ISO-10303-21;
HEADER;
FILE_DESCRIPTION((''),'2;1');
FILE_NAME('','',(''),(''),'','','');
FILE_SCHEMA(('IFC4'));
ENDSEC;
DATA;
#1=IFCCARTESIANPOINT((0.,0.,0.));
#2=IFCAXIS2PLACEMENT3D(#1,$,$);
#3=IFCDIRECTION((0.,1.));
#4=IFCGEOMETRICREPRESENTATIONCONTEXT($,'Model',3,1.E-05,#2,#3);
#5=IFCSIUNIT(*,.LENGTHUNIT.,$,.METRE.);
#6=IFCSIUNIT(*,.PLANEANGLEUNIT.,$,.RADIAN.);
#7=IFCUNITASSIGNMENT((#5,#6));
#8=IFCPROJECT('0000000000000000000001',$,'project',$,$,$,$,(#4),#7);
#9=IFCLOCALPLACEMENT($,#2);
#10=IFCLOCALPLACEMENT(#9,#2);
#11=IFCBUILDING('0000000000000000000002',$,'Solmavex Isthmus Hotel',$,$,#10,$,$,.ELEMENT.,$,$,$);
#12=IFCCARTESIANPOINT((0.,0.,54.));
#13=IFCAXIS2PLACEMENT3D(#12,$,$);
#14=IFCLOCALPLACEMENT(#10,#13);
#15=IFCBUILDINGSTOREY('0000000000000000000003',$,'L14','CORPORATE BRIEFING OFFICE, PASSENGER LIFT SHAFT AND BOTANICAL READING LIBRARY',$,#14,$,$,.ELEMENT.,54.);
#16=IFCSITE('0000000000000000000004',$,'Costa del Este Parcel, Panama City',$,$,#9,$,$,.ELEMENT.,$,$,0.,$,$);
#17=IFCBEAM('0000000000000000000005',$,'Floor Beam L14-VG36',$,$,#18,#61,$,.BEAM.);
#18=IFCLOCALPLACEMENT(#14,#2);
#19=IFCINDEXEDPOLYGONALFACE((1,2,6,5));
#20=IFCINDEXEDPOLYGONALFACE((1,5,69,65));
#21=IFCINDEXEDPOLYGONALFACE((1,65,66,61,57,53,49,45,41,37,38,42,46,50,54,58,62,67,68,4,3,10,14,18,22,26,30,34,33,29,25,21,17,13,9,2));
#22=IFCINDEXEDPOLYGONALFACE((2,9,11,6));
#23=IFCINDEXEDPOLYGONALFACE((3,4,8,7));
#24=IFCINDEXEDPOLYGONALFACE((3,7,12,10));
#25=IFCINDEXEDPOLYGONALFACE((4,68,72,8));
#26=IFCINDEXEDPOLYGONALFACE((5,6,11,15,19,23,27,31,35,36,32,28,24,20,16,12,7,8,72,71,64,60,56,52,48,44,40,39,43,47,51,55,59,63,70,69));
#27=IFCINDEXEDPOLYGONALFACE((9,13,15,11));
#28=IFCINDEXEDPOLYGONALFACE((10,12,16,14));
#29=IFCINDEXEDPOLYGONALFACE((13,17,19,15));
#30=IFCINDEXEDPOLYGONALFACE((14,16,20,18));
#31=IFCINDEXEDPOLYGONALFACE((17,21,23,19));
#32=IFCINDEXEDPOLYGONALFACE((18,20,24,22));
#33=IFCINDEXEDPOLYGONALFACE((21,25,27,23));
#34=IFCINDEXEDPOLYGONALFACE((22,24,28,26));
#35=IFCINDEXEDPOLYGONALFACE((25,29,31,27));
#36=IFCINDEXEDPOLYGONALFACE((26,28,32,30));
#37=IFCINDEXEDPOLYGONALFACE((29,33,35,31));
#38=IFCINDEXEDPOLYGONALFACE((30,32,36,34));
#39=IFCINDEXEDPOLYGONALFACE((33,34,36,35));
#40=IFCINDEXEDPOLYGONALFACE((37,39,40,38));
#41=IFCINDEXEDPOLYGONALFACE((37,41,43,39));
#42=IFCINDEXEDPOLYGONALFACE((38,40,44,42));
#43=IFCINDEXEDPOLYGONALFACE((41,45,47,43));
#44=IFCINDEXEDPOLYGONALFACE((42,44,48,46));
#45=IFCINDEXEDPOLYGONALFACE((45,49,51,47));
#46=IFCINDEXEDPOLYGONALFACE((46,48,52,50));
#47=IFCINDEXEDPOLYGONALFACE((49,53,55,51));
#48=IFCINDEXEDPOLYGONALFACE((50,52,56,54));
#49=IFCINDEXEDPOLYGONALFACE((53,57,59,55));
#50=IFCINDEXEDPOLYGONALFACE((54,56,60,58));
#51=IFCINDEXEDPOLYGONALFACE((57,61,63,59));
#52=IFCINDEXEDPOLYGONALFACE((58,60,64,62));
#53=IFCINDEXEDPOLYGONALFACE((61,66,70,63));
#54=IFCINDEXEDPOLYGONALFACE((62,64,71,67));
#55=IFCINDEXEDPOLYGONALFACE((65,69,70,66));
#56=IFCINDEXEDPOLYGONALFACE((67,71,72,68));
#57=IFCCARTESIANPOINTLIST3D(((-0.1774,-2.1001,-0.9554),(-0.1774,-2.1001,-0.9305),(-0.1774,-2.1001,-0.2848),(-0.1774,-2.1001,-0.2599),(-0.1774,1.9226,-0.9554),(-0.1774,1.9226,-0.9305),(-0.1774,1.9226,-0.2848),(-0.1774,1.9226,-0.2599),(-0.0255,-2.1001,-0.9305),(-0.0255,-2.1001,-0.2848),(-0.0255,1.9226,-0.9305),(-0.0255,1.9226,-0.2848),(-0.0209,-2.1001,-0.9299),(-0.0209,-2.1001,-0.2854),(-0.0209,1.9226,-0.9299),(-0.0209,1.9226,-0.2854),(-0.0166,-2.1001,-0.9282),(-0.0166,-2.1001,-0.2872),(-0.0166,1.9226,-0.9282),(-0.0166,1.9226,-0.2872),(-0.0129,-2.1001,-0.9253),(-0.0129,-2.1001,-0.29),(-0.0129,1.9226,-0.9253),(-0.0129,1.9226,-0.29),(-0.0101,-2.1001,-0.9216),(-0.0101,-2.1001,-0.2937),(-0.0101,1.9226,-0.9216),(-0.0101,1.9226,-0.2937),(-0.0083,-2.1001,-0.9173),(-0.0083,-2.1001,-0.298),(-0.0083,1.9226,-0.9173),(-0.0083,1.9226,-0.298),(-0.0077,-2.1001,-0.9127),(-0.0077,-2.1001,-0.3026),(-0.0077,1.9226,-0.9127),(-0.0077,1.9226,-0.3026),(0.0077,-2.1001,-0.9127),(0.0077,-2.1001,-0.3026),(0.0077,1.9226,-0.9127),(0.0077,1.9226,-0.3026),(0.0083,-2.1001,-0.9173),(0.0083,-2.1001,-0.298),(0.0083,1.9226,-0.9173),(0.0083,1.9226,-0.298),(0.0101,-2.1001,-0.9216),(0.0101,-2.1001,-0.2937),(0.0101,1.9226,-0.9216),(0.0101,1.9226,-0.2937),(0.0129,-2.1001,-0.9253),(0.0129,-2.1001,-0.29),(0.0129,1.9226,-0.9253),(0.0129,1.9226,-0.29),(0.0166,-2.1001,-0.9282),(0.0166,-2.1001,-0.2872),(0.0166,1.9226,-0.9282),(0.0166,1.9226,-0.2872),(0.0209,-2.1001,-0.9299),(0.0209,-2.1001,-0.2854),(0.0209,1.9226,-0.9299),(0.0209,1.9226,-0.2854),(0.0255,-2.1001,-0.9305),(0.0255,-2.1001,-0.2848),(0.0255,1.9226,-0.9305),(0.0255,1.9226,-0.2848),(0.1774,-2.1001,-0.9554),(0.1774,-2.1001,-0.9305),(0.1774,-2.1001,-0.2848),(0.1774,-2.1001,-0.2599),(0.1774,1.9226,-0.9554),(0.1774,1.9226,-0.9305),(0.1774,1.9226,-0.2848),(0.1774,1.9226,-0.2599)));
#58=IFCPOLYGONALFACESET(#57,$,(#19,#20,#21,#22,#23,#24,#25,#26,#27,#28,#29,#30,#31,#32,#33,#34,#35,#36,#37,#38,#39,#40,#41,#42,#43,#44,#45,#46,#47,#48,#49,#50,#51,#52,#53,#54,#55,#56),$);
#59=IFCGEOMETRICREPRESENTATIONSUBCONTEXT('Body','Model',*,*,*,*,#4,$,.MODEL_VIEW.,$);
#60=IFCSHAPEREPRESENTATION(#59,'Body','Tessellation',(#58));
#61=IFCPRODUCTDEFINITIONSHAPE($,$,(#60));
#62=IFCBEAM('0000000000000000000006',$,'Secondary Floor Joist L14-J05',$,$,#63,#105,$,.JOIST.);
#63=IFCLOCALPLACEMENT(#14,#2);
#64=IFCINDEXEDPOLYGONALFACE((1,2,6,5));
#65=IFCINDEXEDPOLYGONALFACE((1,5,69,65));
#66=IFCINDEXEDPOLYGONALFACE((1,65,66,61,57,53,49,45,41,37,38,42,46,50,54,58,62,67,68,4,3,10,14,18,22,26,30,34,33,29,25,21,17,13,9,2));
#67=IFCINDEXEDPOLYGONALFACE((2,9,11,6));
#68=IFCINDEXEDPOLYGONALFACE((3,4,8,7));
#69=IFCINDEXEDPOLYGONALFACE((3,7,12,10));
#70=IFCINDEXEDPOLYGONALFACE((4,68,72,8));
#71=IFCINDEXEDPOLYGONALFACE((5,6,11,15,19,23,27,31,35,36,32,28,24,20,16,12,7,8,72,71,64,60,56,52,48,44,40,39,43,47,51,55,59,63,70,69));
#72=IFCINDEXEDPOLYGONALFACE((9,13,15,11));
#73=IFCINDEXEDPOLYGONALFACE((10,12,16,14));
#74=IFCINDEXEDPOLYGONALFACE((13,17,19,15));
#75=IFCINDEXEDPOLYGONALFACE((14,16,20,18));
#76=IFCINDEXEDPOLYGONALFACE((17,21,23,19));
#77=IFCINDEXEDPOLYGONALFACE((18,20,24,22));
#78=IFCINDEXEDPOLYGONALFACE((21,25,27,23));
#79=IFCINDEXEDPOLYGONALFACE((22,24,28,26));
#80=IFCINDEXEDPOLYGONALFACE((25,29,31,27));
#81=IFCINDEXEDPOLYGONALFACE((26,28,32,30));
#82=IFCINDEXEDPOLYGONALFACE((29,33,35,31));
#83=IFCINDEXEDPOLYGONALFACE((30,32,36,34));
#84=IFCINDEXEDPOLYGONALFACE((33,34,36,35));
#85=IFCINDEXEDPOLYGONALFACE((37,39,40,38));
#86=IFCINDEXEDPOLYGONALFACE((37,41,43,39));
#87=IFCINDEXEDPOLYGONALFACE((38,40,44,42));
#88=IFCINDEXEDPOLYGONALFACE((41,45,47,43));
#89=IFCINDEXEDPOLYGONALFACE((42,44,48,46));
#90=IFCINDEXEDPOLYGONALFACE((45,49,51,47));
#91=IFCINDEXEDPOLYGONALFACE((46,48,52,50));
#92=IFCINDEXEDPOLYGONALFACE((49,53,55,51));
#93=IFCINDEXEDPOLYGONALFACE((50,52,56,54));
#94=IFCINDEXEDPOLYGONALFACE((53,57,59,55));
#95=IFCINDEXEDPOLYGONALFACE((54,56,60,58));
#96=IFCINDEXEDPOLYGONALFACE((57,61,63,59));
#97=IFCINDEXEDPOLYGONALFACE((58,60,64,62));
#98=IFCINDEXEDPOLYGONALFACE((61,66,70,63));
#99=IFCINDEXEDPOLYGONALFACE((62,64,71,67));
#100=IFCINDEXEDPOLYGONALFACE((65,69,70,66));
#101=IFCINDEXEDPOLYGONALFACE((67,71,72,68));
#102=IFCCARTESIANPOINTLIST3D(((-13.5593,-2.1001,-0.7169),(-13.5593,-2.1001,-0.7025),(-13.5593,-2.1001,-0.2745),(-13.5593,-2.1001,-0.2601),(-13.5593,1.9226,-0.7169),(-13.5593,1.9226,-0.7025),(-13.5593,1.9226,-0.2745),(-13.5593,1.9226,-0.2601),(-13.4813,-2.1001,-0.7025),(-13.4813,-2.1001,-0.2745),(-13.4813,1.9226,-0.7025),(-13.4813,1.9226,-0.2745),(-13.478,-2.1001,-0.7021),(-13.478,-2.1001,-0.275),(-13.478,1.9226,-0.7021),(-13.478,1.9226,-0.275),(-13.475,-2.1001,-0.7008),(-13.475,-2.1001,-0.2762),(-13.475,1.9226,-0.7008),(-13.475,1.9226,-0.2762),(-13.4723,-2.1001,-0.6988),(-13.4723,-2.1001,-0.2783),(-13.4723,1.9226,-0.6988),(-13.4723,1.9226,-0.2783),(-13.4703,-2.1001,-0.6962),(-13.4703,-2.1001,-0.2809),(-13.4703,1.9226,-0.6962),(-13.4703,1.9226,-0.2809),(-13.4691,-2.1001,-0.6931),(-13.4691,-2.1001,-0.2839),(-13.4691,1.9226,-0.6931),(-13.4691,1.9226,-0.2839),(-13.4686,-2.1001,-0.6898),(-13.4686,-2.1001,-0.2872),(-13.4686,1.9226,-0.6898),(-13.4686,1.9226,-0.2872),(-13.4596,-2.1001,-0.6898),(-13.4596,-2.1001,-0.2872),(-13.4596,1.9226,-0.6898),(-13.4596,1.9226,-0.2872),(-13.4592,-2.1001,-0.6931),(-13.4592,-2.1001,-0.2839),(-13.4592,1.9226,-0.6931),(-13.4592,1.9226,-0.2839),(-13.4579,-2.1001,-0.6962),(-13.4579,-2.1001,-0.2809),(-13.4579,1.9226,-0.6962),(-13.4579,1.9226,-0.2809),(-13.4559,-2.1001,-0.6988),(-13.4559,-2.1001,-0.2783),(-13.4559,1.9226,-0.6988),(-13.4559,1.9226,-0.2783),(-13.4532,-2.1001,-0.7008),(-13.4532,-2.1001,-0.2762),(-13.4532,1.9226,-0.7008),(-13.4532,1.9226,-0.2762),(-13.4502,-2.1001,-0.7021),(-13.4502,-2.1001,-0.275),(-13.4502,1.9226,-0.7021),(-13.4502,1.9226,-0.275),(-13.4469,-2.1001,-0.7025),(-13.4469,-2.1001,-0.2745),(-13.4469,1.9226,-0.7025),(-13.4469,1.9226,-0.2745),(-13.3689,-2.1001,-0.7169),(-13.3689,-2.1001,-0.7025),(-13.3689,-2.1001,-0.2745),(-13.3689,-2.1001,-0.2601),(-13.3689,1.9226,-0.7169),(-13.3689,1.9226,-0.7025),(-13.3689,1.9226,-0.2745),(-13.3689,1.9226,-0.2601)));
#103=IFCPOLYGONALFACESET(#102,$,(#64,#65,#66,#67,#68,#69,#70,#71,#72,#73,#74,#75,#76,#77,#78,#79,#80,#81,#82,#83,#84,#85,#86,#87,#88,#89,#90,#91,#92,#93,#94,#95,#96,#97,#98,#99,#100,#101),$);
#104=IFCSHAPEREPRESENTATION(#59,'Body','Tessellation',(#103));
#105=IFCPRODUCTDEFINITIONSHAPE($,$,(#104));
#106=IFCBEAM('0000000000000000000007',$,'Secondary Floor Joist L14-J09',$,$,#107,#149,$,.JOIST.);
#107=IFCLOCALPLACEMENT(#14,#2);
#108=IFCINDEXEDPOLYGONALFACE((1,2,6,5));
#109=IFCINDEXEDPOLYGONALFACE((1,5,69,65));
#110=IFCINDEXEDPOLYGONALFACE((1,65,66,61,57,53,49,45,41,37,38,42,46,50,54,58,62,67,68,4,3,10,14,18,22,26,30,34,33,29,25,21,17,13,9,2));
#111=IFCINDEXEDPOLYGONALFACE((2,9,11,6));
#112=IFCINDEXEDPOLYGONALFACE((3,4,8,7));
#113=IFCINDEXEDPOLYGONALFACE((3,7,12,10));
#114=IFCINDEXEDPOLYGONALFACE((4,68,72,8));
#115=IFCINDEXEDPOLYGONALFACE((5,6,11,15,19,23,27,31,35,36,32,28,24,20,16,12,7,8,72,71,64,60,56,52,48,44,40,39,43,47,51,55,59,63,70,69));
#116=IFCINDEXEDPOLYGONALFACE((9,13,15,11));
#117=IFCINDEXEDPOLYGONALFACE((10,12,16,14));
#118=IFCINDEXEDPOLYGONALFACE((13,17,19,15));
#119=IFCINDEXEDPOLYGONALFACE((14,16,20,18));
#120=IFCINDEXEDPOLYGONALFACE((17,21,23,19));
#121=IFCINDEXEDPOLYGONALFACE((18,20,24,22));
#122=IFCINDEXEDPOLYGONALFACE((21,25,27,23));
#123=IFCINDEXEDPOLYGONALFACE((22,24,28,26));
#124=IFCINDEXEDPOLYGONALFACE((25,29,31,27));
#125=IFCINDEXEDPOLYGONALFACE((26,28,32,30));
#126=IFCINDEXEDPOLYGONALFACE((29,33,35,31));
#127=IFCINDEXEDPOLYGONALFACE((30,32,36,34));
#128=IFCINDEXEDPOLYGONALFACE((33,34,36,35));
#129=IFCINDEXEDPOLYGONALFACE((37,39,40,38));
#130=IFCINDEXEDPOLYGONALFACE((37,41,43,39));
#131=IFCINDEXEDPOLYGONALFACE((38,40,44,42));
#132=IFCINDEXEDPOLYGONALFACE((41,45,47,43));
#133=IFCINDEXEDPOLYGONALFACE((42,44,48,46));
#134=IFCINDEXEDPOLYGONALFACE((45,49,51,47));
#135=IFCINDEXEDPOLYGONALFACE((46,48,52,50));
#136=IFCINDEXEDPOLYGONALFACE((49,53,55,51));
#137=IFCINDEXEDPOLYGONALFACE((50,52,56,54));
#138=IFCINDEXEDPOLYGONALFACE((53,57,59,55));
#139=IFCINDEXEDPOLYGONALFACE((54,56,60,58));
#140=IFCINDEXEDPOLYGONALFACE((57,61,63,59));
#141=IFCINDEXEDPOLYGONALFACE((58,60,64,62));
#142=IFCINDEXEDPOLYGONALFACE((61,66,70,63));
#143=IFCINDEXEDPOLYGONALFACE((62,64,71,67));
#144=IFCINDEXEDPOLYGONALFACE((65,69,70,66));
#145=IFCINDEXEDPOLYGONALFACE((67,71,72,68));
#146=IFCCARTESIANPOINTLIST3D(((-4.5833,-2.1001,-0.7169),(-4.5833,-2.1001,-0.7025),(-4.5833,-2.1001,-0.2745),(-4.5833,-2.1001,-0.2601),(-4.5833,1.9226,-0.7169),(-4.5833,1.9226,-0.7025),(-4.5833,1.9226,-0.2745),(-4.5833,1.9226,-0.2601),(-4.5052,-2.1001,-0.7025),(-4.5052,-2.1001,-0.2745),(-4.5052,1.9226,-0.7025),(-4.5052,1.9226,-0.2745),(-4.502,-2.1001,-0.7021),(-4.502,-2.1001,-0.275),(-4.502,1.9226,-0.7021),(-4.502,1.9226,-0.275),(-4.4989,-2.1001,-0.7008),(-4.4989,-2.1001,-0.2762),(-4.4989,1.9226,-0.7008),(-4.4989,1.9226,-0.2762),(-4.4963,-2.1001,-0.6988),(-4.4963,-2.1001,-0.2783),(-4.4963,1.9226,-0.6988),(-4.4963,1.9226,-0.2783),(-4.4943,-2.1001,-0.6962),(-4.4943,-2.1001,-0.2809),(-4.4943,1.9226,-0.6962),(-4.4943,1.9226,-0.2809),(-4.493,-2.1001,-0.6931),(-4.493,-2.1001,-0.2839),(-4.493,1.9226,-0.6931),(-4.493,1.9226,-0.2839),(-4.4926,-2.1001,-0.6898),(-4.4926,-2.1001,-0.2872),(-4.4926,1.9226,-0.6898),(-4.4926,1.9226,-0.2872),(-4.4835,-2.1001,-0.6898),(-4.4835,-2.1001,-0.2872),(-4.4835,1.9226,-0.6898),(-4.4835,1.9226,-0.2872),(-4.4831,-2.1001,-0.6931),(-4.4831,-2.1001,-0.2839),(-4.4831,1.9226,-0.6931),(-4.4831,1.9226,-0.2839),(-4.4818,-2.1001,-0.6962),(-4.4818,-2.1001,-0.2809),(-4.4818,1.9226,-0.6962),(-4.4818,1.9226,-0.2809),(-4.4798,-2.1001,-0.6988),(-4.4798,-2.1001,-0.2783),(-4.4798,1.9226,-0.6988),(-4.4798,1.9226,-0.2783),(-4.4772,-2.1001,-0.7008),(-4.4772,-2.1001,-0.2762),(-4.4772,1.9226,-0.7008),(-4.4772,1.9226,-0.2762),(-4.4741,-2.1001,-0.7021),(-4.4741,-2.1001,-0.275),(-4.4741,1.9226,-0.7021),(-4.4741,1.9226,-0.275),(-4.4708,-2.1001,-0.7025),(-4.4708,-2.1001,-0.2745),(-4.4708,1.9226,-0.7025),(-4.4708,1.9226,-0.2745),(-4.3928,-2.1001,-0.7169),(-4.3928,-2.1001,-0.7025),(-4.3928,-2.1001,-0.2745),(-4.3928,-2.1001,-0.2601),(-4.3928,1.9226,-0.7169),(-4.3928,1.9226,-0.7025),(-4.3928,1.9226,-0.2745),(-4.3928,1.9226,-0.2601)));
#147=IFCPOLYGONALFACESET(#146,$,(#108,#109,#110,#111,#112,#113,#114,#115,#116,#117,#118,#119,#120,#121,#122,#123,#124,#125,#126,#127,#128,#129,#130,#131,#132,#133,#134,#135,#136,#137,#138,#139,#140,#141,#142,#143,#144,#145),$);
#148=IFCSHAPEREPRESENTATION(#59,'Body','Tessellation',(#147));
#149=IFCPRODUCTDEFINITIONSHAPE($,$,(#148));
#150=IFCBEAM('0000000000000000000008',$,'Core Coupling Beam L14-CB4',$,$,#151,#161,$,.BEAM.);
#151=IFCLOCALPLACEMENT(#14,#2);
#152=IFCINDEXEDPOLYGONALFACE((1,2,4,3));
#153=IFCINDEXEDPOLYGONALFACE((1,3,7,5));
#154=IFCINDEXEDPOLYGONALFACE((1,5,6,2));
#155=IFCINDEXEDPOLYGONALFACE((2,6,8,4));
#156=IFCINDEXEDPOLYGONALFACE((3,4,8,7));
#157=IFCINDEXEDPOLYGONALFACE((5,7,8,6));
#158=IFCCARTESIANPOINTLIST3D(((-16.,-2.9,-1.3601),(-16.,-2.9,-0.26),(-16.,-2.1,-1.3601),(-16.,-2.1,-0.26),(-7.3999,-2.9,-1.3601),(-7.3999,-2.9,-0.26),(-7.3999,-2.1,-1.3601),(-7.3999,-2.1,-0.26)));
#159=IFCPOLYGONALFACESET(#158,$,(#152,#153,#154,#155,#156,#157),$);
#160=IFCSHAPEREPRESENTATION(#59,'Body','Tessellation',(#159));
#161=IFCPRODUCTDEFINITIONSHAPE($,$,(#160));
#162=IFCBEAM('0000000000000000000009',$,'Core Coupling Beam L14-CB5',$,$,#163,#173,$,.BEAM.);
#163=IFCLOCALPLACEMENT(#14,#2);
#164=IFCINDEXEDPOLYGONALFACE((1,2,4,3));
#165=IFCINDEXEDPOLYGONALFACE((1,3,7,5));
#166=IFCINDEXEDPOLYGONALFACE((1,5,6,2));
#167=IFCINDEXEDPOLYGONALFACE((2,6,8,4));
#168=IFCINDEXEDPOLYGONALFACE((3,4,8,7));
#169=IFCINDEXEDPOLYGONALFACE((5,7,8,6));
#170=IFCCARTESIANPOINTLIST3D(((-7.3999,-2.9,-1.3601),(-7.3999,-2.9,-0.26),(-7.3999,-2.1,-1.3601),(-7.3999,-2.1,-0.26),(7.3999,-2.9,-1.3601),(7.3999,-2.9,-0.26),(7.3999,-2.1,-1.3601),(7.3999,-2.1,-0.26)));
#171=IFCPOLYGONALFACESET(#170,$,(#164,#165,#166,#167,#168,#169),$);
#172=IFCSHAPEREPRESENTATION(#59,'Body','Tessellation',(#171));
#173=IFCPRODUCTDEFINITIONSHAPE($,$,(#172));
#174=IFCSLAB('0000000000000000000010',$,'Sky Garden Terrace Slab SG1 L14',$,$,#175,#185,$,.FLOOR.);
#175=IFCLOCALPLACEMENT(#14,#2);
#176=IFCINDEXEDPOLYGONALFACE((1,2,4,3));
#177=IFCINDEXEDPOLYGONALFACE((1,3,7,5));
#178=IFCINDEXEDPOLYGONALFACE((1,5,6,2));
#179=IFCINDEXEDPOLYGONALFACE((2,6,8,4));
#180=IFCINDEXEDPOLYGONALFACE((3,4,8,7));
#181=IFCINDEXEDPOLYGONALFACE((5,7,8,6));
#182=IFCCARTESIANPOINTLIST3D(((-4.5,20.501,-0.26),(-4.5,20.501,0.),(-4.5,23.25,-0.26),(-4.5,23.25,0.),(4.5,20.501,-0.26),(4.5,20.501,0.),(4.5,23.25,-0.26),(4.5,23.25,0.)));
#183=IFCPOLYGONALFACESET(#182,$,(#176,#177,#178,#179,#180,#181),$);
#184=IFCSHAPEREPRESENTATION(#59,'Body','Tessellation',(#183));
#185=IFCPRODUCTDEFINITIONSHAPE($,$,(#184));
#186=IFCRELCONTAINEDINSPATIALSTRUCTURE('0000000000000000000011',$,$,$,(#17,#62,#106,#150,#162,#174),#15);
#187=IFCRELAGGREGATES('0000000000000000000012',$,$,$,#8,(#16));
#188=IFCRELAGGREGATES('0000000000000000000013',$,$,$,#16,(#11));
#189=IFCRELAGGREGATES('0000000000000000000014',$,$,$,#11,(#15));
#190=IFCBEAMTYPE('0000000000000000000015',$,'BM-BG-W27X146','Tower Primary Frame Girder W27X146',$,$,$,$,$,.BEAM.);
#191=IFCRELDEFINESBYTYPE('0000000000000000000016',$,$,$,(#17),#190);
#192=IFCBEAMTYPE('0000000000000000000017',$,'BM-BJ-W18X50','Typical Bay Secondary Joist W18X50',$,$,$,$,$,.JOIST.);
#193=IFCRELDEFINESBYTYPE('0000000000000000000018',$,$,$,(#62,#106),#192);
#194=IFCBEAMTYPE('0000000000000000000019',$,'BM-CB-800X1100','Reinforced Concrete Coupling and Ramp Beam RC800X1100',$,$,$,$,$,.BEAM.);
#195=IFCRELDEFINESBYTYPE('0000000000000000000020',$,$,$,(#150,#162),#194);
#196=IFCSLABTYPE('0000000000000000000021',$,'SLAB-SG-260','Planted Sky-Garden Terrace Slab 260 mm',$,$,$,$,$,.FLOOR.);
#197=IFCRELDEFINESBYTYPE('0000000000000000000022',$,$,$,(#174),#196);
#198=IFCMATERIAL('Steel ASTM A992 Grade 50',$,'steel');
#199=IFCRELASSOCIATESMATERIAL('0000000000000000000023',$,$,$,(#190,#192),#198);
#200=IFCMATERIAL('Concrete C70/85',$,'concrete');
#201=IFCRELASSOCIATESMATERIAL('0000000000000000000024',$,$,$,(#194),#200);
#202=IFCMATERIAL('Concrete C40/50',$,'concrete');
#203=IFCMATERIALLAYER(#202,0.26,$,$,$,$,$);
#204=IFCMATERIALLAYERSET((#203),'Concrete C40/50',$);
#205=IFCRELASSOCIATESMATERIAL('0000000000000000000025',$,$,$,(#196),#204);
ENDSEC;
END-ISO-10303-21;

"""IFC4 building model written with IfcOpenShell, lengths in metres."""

from ifc_helpers import new_model, si_unit, direction, frame, origin, origin_2d, place, context, subcontext, project, spatial, polyline, rectangle, i_section, outline, extrude, material, layer, layer_set, material_profile, profile_set, type_object, element, save


model = new_model("IFC4")

# Units and contexts
model_context = context("Model", 3, precision=1e-05, world=origin(), true_north=direction((0.0, 1.0)))
body_context = subcontext(model_context, "Body", "Model", "MODEL_VIEW")
ifc_project = project(units=[si_unit("LENGTHUNIT", "METRE"), si_unit("PLANEANGLEUNIT", "RADIAN")], contexts=[model_context])

# Site, building, storey
site_placement = place(None, origin())
site = spatial("IfcSite", under=ifc_project, at=site_placement, Name="Costa del Este Parcel, Panama City", CompositionType="ELEMENT", RefElevation=0.0)
building_placement = place(site_placement, origin())
building = spatial("IfcBuilding", under=site, at=building_placement, Name="Solmavex Isthmus Hotel", CompositionType="ELEMENT")
storey_placement = place(building_placement, frame((0.0, 0.0, 54.0)))
storey = spatial("IfcBuildingStorey", under=building, at=storey_placement, Name="L14", Description="CORPORATE BRIEFING OFFICE, PASSENGER LIFT SHAFT AND BOTANICAL READING LIBRARY", CompositionType="ELEMENT", Elevation=54.0)

# Shared definitions
ifc_material_1 = material(Name="Concrete C70/85", Category="concrete")

# Beams
ifc_material_2 = material(Name="Steel ASTM A992 Grade 50", Category="steel")
ifc_material_profile_1 = material_profile(ifc_material_2, i_section(OverallWidth=0.3547, OverallDepth=0.6956, WebThickness=0.0154, FlangeThickness=0.0249, FilletRadius=0.0178, at=origin_2d()), Name="W27X146")
ifc_profile_set_1 = profile_set([ifc_material_profile_1], Name="Steel ASTM A992 Grade 50")
beam_type_1 = type_object("IfcBeamType", Name="BM-BG-W27X146", Description="Tower Primary Frame Girder W27X146", PredefinedType="BEAM", material=ifc_profile_set_1)
for number, where, z_axis, x_axis, name in (
    (1, (0.0, -2.1001, -0.6077), (0.0, 1.0, 0.0), (-1.0, 0.0, 0.0), "Floor Beam L14-VG36"),
):
    element("IfcBeam", number, at=place(storey_placement, frame(where, z_axis=z_axis, x_axis=x_axis)), inside=storey, type_object=beam_type_1, Name=name, PredefinedType="BEAM", context=body_context, shape_type="SweptSolid", body=[
        extrude(i_section(OverallWidth=0.3547, OverallDepth=0.6956, WebThickness=0.0154, FlangeThickness=0.0249, FilletRadius=0.0178, at=origin_2d()), origin(), (0.0, 0.0, 1.0), 4.0227),
    ])
ifc_material_profile_2 = material_profile(ifc_material_2, i_section(OverallWidth=0.1904, OverallDepth=0.4568, WebThickness=0.009, FlangeThickness=0.0144, FilletRadius=0.0127, at=origin_2d()), Name="W18X50")
ifc_profile_set_2 = profile_set([ifc_material_profile_2], Name="Steel ASTM A992 Grade 50")
beam_type_2 = type_object("IfcBeamType", Name="BM-BJ-W18X50", Description="Typical Bay Secondary Joist W18X50", PredefinedType="JOIST", material=ifc_profile_set_2)
for number, where, z_axis, x_axis, name in (
    (2, (-13.4641, -2.1001, -0.4885), (0.0, 1.0, 0.0), (-1.0, 0.0, 0.0), "Secondary Floor Joist L14-J05"),
    (3, (-4.488, -2.1001, -0.4885), (0.0, 1.0, 0.0), (-1.0, 0.0, 0.0), "Secondary Floor Joist L14-J09"),
):
    element("IfcBeam", number, at=place(storey_placement, frame(where, z_axis=z_axis, x_axis=x_axis)), inside=storey, type_object=beam_type_2, Name=name, PredefinedType="JOIST", context=body_context, shape_type="SweptSolid", body=[
        extrude(i_section(OverallWidth=0.1904, OverallDepth=0.4568, WebThickness=0.009, FlangeThickness=0.0144, FilletRadius=0.0127, at=origin_2d()), origin(), (0.0, 0.0, 1.0), 4.0227),
    ])
ifc_material_profile_3 = material_profile(ifc_material_1, rectangle(XDim=0.8, YDim=1.1001, at=origin_2d()), Name="RC800X1100")
ifc_profile_set_3 = profile_set([ifc_material_profile_3], Name="Concrete C70/85")
beam_type_3 = type_object("IfcBeamType", Name="BM-CB-800X1100", Description="Reinforced Concrete Coupling and Ramp Beam RC800X1100", PredefinedType="BEAM", material=ifc_profile_set_3)
beam_1_placement = place(storey_placement, frame((-16.0, -2.5, -0.8101), z_axis=(1.0, 0.0, 0.0), x_axis=(0.0, 1.0, 0.0)))
element("IfcBeam", 4, at=beam_1_placement, inside=storey, type_object=beam_type_3, Name="Core Coupling Beam L14-CB4", PredefinedType="BEAM", context=body_context, shape_type="SweptSolid", body=[
    extrude(rectangle(XDim=0.8, YDim=1.1001, at=origin_2d()), origin(), (0.0, 0.0, 1.0), 8.6001),
])
beam_2_placement = place(storey_placement, frame((-7.3999, -2.5, -0.8101), z_axis=(1.0, 0.0, 0.0), x_axis=(0.0, 1.0, 0.0)))
element("IfcBeam", 5, at=beam_2_placement, inside=storey, type_object=beam_type_3, Name="Core Coupling Beam L14-CB5", PredefinedType="BEAM", context=body_context, shape_type="SweptSolid", body=[
    extrude(rectangle(XDim=0.8, YDim=1.1001, at=origin_2d()), origin(), (0.0, 0.0, 1.0), 14.7998),
])

# Slab
ifc_material_3 = material(Name="Concrete C40/50", Category="concrete")
ifc_layer_1 = layer(ifc_material_3, 0.26)
ifc_layer_set_1 = layer_set([ifc_layer_1], Name="Concrete C40/50")
slab_type = type_object("IfcSlabType", Name="SLAB-SG-260", Description="Planted Sky-Garden Terrace Slab 260 mm", PredefinedType="FLOOR", material=ifc_layer_set_1)
slab_placement = place(storey_placement, frame((0.0, 0.0, -0.26)))
element("IfcSlab", 6, at=slab_placement, inside=storey, type_object=slab_type, Name="Sky Garden Terrace Slab SG1 L14", PredefinedType="FLOOR", context=body_context, shape_type="SweptSolid", body=[
    extrude(outline(polyline([(-4.5, 20.501), (4.5, 20.501), (4.5, 23.25), (-4.5, 23.25), (-4.5, 20.501)])), origin(), (0.0, 0.0, 1.0), 0.26),
])

save(model, "model.ifc")
